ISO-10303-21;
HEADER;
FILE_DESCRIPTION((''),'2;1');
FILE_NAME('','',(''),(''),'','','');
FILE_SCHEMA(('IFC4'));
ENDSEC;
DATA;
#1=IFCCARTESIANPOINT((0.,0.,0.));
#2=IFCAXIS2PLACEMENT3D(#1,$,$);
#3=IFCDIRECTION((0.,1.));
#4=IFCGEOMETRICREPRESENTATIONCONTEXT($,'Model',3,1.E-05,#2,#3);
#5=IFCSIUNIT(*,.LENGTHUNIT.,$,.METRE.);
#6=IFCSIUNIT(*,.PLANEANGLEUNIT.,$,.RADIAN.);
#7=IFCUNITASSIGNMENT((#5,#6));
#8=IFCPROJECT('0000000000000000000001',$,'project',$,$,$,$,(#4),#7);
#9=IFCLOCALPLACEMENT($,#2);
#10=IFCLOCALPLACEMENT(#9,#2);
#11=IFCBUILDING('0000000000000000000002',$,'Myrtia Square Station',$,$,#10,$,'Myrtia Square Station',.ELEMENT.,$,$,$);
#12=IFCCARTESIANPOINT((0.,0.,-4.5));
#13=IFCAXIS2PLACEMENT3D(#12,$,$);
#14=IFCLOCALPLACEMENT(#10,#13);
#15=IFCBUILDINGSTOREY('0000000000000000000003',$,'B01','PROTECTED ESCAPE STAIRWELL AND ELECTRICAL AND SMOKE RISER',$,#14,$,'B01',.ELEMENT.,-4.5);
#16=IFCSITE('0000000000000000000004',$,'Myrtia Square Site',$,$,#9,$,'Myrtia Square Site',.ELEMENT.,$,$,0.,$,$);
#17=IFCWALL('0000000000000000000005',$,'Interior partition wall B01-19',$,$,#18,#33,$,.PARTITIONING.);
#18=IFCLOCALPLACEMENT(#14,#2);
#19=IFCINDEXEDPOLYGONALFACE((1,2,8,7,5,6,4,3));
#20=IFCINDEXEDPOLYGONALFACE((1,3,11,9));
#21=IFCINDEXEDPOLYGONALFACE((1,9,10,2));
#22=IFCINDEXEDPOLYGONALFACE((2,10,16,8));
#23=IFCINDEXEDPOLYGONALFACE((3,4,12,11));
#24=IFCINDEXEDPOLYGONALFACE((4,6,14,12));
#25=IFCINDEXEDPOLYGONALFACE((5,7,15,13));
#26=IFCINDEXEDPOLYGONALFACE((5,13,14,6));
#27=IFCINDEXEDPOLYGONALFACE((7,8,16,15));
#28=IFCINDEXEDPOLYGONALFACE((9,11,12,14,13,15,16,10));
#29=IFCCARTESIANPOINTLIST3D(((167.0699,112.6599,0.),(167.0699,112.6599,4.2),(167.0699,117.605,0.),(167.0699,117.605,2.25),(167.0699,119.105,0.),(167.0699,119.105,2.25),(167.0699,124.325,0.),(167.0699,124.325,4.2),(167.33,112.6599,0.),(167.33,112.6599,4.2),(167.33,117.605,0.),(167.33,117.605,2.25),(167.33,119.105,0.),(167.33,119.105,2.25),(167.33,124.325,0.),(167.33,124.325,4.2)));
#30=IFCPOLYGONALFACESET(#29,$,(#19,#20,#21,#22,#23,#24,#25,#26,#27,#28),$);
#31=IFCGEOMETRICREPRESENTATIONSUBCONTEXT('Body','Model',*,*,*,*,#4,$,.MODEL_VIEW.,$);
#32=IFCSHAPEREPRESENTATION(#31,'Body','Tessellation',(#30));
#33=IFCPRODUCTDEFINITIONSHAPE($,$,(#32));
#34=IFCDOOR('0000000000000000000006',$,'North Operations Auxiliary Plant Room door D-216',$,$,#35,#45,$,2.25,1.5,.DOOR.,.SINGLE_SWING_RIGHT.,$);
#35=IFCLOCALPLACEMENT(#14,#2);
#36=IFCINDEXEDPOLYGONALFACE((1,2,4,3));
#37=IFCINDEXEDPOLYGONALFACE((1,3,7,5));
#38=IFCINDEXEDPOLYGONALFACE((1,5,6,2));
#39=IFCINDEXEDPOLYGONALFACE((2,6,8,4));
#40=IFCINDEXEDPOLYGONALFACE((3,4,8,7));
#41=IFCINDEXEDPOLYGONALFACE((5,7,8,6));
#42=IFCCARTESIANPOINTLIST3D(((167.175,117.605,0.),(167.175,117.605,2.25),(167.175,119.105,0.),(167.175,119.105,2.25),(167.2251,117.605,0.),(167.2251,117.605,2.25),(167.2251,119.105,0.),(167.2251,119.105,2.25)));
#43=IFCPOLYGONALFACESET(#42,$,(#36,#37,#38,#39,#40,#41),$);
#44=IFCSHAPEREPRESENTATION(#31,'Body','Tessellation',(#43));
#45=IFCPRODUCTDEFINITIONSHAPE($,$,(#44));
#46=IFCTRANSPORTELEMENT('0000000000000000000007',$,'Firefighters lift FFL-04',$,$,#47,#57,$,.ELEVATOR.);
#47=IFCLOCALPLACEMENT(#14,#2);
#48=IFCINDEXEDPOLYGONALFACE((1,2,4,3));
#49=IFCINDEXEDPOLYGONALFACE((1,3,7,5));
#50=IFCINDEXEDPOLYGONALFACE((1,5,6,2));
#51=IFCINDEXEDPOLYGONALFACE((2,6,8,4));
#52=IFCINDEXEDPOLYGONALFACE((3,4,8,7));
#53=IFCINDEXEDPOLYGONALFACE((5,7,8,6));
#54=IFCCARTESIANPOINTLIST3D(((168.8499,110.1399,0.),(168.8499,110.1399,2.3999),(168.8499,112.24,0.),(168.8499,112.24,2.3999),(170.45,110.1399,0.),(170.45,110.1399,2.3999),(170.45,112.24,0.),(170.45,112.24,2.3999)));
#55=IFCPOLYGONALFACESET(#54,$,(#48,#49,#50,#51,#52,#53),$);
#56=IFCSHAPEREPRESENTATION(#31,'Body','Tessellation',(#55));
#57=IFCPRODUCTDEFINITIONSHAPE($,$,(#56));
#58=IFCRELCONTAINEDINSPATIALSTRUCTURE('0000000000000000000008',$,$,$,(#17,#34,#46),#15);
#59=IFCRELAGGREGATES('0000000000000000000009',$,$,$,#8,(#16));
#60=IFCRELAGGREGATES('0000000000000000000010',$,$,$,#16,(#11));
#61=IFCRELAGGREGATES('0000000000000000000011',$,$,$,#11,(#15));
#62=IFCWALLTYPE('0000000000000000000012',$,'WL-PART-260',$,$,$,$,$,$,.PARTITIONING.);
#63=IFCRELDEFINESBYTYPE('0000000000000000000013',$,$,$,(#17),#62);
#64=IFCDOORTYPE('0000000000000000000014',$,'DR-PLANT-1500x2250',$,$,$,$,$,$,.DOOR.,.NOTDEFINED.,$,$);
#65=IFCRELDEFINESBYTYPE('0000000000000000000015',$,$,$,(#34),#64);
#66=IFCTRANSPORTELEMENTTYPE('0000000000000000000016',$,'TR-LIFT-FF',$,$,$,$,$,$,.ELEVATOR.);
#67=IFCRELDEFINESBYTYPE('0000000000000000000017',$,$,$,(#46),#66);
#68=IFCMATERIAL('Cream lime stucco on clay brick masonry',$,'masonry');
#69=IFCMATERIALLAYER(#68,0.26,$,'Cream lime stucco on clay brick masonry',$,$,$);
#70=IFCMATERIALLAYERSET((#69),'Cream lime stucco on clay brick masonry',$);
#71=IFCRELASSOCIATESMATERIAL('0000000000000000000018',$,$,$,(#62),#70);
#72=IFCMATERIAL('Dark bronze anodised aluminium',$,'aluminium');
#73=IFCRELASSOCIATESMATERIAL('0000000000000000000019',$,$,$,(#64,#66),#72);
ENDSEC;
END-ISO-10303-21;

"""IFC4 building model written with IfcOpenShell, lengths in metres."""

from ifc_helpers import new_model, si_unit, direction, frame, frame_2d, origin, origin_2d, place, context, subcontext, project, spatial, rectangle, extrude, material, layer, layer_set, type_object, element, fill, save


model = new_model("IFC4")

# Units and contexts
model_context = context("Model", 3, precision=1e-05, world=origin(), true_north=direction((0.0, 1.0)))
body_context = subcontext(model_context, "Body", "Model", "MODEL_VIEW")
ifc_project = project(units=[si_unit("LENGTHUNIT", "METRE"), si_unit("PLANEANGLEUNIT", "RADIAN")], contexts=[model_context])

# Site, building, storey
site_placement = place(None, origin())
site = spatial("IfcSite", under=ifc_project, at=site_placement, Name="Myrtia Square Site", LongName="Myrtia Square Site", CompositionType="ELEMENT", RefElevation=0.0)
building_placement = place(site_placement, origin())
building = spatial("IfcBuilding", under=site, at=building_placement, Name="Myrtia Square Station", LongName="Myrtia Square Station", CompositionType="ELEMENT")
storey_placement = place(building_placement, frame((0.0, 0.0, -4.5)))
storey = spatial("IfcBuildingStorey", under=building, at=storey_placement, Name="B01", Description="PROTECTED ESCAPE STAIRWELL AND ELECTRICAL AND SMOKE RISER", LongName="B01", CompositionType="ELEMENT", Elevation=-4.5)

# Shared definitions
ifc_material_1 = material(Name="Dark bronze anodised aluminium", Category="aluminium")

# Wall, opening, door
ifc_material_2 = material(Name="Cream lime stucco on clay brick masonry", Category="masonry")
ifc_layer_1 = layer(ifc_material_2, 0.26, Name="Cream lime stucco on clay brick masonry")
ifc_layer_set_1 = layer_set([ifc_layer_1], Name="Cream lime stucco on clay brick masonry")
wall_type_1 = type_object("IfcWallType", Name="WL-PART-260", PredefinedType="PARTITIONING", material=ifc_layer_set_1)
wall_1_placement = place(storey_placement, frame((167.2, 112.6599, 0.0), z_axis=(0.0, 0.0, 1.0), x_axis=(0.0, 1.0, 0.0)))
wall_1 = element("IfcWall", 1, at=wall_1_placement, inside=storey, type_object=wall_type_1, Name="Interior partition wall B01-19", PredefinedType="PARTITIONING", context=body_context, shape_type="SweptSolid", body=[
    extrude(rectangle(XDim=11.665, YDim=0.26, at=frame_2d((5.8325, 0.0))), origin(), (0.0, 0.0, 1.0), 4.2),
])
opening_1_placement = place(wall_1_placement, frame((4.9451, 0.0, 0.0)))
opening_1 = element("IfcOpeningElement", 2, at=opening_1_placement, cuts=wall_1, PredefinedType="OPENING", context=body_context, shape_type="SweptSolid", body=[
    extrude(rectangle(XDim=1.5, YDim=2.25, at=frame_2d((0.75, 1.125))), frame((0.0, 0.145, 0.0), z_axis=(0.0, -1.0, 0.0), x_axis=(1.0, 0.0, 0.0)), (0.0, 0.0, 1.0), 0.29),
])
door_type_1 = type_object("IfcDoorType", Name="DR-PLANT-1500x2250", OperationType="NOTDEFINED", PredefinedType="DOOR", material=ifc_material_1)
door_1_placement = place(opening_1_placement, origin())
door_1 = element("IfcDoor", 3, at=door_1_placement, inside=storey, type_object=door_type_1, Name="North Operations Auxiliary Plant Room door D-216", OperationType="SINGLE_SWING_RIGHT", OverallHeight=2.25, OverallWidth=1.5, PredefinedType="DOOR", context=body_context, shape_type="SweptSolid", body=[
    extrude(rectangle(XDim=1.5, YDim=2.25, at=frame_2d((0.75, 1.125))), frame((0.0, 0.0249, 0.0), z_axis=(0.0, -1.0, 0.0), x_axis=(1.0, 0.0, 0.0)), (0.0, 0.0, 1.0), 0.05),
])
fill(opening_1, door_1)

# Transport element
transport_element_type = type_object("IfcTransportElementType", Name="TR-LIFT-FF", PredefinedType="ELEVATOR", material=ifc_material_1)
transport_element_placement = place(storey_placement, frame((169.6499, 111.1899, 0.0), z_axis=(0.0, 0.0, 1.0), x_axis=(1.0, 0.0, 0.0)))
element("IfcTransportElement", 4, at=transport_element_placement, inside=storey, type_object=transport_element_type, Name="Firefighters lift FFL-04", PredefinedType="ELEVATOR", context=body_context, shape_type="SweptSolid", body=[
    extrude(rectangle(XDim=1.6001, YDim=2.1001, at=origin_2d()), origin(), (0.0, 0.0, 1.0), 2.3999),
])

save(model, "model.ifc")
